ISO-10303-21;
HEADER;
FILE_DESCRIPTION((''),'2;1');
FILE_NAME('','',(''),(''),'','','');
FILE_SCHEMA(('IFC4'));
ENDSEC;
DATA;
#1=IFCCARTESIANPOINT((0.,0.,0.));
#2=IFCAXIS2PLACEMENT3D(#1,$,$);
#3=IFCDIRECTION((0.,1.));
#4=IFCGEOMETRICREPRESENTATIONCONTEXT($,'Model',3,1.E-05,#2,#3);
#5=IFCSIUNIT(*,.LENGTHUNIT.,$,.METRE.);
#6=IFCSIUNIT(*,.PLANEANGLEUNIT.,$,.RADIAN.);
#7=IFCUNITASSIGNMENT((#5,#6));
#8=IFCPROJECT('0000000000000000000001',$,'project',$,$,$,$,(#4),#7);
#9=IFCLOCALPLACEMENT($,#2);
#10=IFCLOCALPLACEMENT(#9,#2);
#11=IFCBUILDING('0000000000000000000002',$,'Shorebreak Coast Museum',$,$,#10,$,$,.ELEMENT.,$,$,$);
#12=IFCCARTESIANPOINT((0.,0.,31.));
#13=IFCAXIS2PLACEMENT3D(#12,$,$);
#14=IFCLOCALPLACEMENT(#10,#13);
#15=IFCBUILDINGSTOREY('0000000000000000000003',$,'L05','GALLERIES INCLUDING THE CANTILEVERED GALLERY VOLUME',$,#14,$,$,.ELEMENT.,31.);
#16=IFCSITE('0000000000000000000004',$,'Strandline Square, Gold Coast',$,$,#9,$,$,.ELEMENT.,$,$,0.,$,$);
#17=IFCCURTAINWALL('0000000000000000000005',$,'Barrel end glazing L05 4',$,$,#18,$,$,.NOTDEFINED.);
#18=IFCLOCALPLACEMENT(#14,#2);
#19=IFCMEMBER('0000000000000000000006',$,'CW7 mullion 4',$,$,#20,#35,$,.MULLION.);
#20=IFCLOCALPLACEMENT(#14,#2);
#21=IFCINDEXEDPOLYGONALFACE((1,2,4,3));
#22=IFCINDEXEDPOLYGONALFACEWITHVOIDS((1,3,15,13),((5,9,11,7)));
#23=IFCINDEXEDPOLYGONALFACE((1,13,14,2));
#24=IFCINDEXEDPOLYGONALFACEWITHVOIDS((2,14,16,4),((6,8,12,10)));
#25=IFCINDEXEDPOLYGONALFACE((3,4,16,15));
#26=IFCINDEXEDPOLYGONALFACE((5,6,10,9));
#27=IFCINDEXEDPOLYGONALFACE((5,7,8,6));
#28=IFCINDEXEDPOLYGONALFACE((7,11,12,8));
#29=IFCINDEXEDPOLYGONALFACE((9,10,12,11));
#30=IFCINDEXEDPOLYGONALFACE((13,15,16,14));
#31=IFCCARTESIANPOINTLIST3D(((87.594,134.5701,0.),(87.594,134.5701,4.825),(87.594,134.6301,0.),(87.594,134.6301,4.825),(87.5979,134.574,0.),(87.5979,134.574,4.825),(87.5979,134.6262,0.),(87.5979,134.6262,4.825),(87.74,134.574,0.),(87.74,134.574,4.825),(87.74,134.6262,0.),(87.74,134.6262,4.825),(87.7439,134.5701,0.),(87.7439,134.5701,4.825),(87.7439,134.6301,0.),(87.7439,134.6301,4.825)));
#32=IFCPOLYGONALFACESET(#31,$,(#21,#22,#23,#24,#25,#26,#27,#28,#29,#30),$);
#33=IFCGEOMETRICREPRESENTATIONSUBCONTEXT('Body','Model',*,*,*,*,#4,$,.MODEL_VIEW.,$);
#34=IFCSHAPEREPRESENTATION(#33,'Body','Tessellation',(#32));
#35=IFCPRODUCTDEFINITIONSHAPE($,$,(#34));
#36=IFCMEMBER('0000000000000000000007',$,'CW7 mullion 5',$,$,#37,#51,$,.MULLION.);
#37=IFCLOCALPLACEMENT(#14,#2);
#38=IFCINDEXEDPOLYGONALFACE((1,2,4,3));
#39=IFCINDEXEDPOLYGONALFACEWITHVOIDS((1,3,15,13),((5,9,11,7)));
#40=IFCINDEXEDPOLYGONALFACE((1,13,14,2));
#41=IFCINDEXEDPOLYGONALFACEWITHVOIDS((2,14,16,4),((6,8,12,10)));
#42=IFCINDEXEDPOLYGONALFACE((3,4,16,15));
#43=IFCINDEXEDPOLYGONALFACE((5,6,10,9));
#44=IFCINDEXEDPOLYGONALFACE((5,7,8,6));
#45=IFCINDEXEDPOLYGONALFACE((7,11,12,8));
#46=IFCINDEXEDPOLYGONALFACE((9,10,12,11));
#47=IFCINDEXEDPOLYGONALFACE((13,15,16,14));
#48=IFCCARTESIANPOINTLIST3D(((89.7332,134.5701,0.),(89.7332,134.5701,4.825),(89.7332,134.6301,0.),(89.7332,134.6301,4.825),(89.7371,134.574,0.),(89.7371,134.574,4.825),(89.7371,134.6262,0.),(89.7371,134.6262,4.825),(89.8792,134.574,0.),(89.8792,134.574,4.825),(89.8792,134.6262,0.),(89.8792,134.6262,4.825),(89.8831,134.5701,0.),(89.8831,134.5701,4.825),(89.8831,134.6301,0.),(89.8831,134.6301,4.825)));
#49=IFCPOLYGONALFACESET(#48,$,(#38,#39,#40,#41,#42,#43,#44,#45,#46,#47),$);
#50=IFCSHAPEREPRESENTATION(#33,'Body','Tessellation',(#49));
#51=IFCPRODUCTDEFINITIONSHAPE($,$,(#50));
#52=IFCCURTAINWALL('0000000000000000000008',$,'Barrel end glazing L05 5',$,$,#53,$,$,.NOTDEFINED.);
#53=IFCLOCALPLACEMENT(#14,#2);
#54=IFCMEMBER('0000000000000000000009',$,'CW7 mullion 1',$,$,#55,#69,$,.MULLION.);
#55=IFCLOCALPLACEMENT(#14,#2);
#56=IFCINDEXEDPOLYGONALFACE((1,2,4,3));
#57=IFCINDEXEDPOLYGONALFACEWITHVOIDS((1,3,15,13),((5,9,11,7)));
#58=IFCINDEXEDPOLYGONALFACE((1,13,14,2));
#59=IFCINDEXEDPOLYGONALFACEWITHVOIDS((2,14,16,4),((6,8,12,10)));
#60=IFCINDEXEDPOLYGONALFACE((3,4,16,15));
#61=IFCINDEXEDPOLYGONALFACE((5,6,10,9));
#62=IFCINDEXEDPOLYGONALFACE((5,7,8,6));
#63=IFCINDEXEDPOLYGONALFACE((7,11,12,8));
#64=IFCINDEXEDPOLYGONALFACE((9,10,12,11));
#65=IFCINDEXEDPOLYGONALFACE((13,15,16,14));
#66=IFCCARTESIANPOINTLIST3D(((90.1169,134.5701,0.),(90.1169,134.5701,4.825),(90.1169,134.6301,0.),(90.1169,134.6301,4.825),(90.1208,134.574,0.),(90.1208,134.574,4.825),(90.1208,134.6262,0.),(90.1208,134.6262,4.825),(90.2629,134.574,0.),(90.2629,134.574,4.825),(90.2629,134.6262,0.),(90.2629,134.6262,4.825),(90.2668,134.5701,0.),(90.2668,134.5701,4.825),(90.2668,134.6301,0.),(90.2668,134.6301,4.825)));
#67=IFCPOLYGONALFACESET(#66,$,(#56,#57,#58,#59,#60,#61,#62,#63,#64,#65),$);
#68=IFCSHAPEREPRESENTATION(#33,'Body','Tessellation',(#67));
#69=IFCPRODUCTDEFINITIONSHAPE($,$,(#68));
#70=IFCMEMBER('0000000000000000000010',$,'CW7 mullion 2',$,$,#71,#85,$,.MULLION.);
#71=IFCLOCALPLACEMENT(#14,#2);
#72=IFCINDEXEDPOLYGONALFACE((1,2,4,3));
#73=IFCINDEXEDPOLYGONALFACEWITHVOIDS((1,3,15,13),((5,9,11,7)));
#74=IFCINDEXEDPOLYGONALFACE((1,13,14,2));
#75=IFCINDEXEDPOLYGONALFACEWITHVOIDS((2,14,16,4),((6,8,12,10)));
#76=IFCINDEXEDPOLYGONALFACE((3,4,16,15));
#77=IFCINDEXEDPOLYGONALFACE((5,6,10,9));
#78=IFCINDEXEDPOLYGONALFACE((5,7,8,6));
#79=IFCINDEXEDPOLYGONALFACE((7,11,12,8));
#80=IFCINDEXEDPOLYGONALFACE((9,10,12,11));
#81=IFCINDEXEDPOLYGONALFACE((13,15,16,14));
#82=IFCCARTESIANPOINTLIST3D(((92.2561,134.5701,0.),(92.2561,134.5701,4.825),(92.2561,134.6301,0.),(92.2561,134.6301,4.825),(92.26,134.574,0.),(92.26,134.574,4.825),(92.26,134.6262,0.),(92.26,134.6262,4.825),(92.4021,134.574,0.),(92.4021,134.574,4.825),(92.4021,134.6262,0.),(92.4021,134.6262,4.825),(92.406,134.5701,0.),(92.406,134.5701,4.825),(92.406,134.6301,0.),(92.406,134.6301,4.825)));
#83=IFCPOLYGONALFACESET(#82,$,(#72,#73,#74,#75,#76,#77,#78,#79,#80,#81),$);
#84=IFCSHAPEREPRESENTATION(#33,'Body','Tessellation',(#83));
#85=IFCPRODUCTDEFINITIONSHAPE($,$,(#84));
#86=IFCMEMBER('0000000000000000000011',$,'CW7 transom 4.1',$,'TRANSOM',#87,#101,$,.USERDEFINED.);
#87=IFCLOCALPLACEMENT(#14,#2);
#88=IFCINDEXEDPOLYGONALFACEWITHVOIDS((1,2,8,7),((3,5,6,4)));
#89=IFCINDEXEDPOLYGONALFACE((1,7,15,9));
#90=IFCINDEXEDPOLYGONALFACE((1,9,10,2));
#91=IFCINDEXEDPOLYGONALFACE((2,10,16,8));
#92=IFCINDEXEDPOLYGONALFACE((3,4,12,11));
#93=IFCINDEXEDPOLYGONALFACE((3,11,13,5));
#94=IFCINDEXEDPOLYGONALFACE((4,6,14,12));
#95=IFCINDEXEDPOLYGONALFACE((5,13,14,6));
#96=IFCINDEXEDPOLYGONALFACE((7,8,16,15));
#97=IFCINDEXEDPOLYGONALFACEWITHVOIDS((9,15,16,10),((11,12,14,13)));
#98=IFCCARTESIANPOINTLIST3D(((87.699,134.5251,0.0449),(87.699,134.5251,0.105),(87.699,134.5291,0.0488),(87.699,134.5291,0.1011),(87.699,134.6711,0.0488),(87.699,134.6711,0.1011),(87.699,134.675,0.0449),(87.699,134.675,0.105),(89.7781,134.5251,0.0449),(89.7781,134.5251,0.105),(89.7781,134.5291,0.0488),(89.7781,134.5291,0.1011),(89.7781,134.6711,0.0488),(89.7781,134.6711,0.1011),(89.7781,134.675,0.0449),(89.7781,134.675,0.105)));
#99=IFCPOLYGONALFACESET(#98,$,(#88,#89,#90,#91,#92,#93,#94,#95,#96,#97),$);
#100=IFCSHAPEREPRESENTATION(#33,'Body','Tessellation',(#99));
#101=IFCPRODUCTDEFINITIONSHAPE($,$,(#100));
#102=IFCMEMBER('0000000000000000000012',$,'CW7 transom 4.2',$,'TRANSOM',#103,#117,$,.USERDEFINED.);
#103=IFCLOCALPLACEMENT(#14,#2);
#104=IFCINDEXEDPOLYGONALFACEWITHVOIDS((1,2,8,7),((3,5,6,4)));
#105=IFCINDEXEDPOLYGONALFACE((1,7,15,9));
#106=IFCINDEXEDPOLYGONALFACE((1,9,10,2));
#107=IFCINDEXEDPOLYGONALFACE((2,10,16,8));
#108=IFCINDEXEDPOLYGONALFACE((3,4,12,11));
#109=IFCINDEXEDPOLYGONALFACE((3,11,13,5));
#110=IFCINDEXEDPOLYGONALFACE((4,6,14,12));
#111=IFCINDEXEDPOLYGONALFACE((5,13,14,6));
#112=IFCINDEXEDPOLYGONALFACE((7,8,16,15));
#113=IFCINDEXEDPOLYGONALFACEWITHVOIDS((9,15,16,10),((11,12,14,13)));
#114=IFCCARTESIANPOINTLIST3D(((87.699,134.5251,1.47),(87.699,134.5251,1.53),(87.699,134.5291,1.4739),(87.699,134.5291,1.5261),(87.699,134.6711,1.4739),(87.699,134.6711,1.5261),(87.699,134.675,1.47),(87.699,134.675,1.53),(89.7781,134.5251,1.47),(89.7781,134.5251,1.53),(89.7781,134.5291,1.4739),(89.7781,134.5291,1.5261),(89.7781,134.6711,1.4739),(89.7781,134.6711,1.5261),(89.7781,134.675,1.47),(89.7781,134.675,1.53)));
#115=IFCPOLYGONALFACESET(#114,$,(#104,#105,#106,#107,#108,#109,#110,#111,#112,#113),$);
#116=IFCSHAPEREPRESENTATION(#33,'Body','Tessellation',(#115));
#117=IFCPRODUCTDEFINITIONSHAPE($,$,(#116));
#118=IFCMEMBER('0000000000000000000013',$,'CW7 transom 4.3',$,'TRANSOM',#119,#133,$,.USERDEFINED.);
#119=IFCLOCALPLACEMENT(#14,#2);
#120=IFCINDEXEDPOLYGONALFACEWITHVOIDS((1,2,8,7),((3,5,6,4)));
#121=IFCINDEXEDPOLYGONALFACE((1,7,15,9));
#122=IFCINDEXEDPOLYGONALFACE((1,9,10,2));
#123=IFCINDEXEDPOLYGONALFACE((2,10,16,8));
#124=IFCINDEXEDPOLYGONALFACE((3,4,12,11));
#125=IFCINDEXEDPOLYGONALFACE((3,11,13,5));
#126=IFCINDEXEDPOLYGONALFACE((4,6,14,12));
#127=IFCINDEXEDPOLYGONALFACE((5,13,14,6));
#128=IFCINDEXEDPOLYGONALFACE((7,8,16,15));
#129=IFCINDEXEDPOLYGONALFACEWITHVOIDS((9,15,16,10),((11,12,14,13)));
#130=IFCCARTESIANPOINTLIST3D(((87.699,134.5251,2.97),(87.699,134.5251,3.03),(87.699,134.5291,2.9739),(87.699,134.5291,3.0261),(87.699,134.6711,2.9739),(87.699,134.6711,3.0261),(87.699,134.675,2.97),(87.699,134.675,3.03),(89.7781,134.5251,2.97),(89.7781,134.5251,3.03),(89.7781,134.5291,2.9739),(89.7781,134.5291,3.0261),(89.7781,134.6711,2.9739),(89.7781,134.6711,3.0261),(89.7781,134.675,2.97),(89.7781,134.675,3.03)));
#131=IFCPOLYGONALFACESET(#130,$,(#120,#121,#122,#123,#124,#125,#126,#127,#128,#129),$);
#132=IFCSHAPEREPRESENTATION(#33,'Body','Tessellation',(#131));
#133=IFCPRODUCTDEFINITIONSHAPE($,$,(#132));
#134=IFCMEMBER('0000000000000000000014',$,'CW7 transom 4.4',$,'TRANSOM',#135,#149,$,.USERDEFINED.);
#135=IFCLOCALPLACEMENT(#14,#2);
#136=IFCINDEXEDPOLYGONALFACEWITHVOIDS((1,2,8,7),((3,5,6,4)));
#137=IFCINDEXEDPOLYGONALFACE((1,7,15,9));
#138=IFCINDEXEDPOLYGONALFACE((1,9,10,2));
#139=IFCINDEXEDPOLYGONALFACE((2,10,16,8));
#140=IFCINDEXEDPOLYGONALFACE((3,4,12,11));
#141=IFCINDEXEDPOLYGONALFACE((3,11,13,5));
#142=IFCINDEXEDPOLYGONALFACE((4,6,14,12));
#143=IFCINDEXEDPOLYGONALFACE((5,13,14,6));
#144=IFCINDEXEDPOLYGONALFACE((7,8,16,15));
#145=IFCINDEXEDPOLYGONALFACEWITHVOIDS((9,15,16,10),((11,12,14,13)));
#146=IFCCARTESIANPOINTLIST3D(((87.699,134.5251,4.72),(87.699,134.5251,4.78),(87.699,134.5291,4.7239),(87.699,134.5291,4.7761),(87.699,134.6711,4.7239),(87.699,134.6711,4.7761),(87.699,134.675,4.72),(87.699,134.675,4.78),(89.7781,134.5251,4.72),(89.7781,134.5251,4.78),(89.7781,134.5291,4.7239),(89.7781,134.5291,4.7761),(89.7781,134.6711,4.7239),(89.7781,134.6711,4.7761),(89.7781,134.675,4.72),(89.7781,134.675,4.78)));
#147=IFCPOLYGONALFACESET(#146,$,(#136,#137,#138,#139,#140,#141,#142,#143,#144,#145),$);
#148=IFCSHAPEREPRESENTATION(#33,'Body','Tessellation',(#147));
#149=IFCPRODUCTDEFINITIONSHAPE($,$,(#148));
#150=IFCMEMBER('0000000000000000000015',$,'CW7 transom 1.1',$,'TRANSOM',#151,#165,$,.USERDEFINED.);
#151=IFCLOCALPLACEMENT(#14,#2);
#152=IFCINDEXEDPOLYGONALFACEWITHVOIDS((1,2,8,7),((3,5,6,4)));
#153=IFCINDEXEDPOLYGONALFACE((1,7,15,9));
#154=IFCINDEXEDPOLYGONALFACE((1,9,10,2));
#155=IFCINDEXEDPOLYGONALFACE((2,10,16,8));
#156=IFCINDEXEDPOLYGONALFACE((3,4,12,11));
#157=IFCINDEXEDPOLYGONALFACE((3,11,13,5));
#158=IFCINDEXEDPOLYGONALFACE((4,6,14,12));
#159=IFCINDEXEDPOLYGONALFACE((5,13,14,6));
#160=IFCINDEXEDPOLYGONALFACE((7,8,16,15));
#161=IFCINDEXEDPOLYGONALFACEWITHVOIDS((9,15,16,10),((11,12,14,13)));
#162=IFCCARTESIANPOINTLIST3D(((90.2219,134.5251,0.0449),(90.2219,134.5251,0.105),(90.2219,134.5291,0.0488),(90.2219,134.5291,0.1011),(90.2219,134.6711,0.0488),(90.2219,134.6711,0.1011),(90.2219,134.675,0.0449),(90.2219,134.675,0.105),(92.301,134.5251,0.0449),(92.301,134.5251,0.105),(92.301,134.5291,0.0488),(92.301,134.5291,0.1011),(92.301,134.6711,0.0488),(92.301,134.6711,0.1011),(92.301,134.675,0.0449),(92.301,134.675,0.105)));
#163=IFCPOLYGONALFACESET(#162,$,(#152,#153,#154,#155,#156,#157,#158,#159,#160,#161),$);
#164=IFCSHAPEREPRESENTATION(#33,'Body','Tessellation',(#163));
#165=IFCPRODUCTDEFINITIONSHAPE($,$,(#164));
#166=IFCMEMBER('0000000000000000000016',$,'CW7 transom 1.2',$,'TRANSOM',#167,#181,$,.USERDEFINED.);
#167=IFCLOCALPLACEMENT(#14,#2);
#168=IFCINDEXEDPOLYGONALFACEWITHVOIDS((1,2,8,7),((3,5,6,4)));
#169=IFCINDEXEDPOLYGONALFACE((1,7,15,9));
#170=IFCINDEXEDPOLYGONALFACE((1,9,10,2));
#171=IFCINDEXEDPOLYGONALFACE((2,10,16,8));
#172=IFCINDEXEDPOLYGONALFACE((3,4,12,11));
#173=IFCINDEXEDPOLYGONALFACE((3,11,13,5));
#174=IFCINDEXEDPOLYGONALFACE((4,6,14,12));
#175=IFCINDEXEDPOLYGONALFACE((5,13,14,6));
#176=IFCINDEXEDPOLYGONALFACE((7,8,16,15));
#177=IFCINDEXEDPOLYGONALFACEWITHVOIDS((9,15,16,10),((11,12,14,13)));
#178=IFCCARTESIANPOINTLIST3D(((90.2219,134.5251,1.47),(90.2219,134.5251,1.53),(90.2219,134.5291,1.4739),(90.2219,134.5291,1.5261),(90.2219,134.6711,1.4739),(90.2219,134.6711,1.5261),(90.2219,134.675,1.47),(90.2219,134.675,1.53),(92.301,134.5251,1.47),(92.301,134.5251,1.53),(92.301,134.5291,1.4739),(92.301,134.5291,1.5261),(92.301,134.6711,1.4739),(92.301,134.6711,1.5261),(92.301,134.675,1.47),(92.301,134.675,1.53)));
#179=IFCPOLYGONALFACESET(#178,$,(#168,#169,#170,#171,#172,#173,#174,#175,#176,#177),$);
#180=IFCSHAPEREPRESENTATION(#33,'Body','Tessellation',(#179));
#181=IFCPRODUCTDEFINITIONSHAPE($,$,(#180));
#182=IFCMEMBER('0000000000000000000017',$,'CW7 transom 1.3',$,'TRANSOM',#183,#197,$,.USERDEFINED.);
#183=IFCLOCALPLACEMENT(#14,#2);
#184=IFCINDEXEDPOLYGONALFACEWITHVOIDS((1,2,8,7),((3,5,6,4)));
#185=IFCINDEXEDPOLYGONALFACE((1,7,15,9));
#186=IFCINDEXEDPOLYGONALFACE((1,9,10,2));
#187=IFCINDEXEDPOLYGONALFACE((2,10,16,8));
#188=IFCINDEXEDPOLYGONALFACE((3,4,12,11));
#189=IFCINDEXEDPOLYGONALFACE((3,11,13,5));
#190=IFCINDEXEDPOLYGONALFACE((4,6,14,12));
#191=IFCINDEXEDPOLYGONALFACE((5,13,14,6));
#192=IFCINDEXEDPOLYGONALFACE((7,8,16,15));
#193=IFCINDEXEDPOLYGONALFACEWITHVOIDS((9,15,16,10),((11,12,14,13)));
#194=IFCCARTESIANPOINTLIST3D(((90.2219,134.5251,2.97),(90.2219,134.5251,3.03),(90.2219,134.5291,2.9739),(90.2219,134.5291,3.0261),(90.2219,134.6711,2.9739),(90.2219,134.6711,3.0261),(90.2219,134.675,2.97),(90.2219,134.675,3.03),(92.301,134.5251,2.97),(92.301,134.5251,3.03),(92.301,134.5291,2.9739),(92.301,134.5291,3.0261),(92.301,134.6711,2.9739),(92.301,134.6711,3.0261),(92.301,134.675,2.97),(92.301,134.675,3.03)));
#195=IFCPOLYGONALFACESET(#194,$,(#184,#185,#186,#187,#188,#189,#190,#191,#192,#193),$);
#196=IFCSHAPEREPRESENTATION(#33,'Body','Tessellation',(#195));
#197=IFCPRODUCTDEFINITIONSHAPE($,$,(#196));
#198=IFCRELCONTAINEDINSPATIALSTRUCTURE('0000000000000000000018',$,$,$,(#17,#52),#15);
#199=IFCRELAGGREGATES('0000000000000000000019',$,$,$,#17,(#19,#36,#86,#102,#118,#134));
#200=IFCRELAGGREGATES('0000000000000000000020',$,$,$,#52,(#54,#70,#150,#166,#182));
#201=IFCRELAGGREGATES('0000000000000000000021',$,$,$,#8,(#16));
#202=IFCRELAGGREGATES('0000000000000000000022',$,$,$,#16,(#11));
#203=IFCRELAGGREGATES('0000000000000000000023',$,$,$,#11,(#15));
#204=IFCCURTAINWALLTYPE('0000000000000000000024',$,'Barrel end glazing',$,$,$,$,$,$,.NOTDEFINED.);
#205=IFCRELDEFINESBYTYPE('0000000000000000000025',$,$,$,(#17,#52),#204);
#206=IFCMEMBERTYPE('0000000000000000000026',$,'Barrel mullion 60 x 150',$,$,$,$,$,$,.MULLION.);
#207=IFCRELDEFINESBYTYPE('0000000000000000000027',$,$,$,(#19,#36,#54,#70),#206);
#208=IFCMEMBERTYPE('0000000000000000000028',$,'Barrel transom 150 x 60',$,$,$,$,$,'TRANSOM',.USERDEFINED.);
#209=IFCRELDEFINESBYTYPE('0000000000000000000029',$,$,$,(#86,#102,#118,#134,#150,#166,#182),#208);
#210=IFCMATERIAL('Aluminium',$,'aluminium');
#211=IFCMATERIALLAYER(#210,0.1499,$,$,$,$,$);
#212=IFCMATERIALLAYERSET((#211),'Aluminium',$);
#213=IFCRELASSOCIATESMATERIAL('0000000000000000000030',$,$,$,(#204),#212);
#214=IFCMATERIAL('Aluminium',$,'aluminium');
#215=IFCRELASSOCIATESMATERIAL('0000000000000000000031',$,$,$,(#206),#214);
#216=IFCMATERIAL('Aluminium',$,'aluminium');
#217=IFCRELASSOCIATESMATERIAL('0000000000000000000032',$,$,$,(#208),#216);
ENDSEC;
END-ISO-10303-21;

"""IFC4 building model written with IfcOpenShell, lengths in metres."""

from ifc_helpers import new_model, si_unit, direction, frame, origin, origin_2d, place, context, subcontext, project, spatial, hollow_rectangle, extrude, material, layer, layer_set, material_profile, profile_set, type_object, element, aggregate, save


model = new_model("IFC4")

# Units and contexts
model_context = context("Model", 3, precision=1e-05, world=origin(), true_north=direction((0.0, 1.0)))
body_context = subcontext(model_context, "Body", "Model", "MODEL_VIEW")
ifc_project = project(units=[si_unit("LENGTHUNIT", "METRE"), si_unit("PLANEANGLEUNIT", "RADIAN")], contexts=[model_context])

# Site, building, storey
site_placement = place(None, origin())
site = spatial("IfcSite", under=ifc_project, at=site_placement, Name="Strandline Square, Gold Coast", CompositionType="ELEMENT", RefElevation=0.0)
building_placement = place(site_placement, origin())
building = spatial("IfcBuilding", under=site, at=building_placement, Name="Shorebreak Coast Museum", CompositionType="ELEMENT")
storey_placement = place(building_placement, frame((0.0, 0.0, 31.0)))
storey = spatial("IfcBuildingStorey", under=building, at=storey_placement, Name="L05", Description="GALLERIES INCLUDING THE CANTILEVERED GALLERY VOLUME", CompositionType="ELEMENT", Elevation=31.0)

# Curtain walls, members
ifc_material_1 = material(Name="Aluminium", Category="aluminium")
ifc_layer_1 = layer(ifc_material_1, 0.1499)
ifc_layer_set_1 = layer_set([ifc_layer_1], Name="Aluminium")
curtain_wall_type = type_object("IfcCurtainWallType", Name="Barrel end glazing", PredefinedType="NOTDEFINED", material=ifc_layer_set_1)
curtain_wall_1_placement = place(storey_placement, origin())
curtain_wall_1 = element("IfcCurtainWall", 1, at=curtain_wall_1_placement, inside=storey, type_object=curtain_wall_type, Name="Barrel end glazing L05 4", PredefinedType="NOTDEFINED")
ifc_material_2 = material(Name="Aluminium", Category="aluminium")
ifc_material_profile_1 = material_profile(ifc_material_2, hollow_rectangle(XDim=0.0601, YDim=0.1499, WallThickness=0.0039, at=origin_2d()), Name="AL 150x60 RHS")
ifc_profile_set_1 = profile_set([ifc_material_profile_1], Name="Aluminium")
member_type_1 = type_object("IfcMemberType", Name="Barrel mullion 60 x 150", PredefinedType="MULLION", material=ifc_profile_set_1)
member_1_placement = place(storey_placement, frame((87.6689, 134.6001, 0.0), z_axis=(0.0, 0.0, 1.0), x_axis=(0.0, 1.0, 0.0)))
member_1 = element("IfcMember", 2, at=member_1_placement, type_object=member_type_1, Name="CW7 mullion 4", PredefinedType="MULLION", context=body_context, shape_type="SweptSolid", body=[
    extrude(hollow_rectangle(XDim=0.0601, YDim=0.1499, WallThickness=0.0039, at=origin_2d()), origin(), (0.0, 0.0, 1.0), 4.825),
])
member_2_placement = place(storey_placement, frame((89.8081, 134.6001, 0.0), z_axis=(0.0, 0.0, 1.0), x_axis=(0.0, 1.0, 0.0)))
member_2 = element("IfcMember", 3, at=member_2_placement, type_object=member_type_1, Name="CW7 mullion 5", PredefinedType="MULLION", context=body_context, shape_type="SweptSolid", body=[
    extrude(hollow_rectangle(XDim=0.0601, YDim=0.1499, WallThickness=0.0039, at=origin_2d()), origin(), (0.0, 0.0, 1.0), 4.825),
])
curtain_wall_2_placement = place(storey_placement, origin())
curtain_wall_2 = element("IfcCurtainWall", 4, at=curtain_wall_2_placement, inside=storey, type_object=curtain_wall_type, Name="Barrel end glazing L05 5", PredefinedType="NOTDEFINED")
member_3_placement = place(storey_placement, frame((90.1919, 134.6001, 0.0), z_axis=(0.0, 0.0, 1.0), x_axis=(0.0, 1.0, 0.0)))
member_3 = element("IfcMember", 5, at=member_3_placement, type_object=member_type_1, Name="CW7 mullion 1", PredefinedType="MULLION", context=body_context, shape_type="SweptSolid", body=[
    extrude(hollow_rectangle(XDim=0.0601, YDim=0.1499, WallThickness=0.0039, at=origin_2d()), origin(), (0.0, 0.0, 1.0), 4.825),
])
member_4_placement = place(storey_placement, frame((92.3311, 134.6001, 0.0), z_axis=(0.0, 0.0, 1.0), x_axis=(0.0, 1.0, 0.0)))
member_4 = element("IfcMember", 6, at=member_4_placement, type_object=member_type_1, Name="CW7 mullion 2", PredefinedType="MULLION", context=body_context, shape_type="SweptSolid", body=[
    extrude(hollow_rectangle(XDim=0.0601, YDim=0.1499, WallThickness=0.0039, at=origin_2d()), origin(), (0.0, 0.0, 1.0), 4.825),
])

# Members
ifc_material_3 = material(Name="Aluminium", Category="aluminium")
ifc_material_profile_2 = material_profile(ifc_material_3, hollow_rectangle(XDim=0.1499, YDim=0.0601, WallThickness=0.0039, at=origin_2d()), Name="AL 60x150 RHS")
ifc_profile_set_2 = profile_set([ifc_material_profile_2], Name="Aluminium")
member_type_2 = type_object("IfcMemberType", Name="Barrel transom 150 x 60", ElementType="TRANSOM", PredefinedType="USERDEFINED", material=ifc_profile_set_2)
member_5_placement = place(storey_placement, frame((87.699, 134.6001, 0.075), z_axis=(1.0, 0.0, 0.0), x_axis=(0.0, 1.0, 0.0)))
member_5 = element("IfcMember", 7, at=member_5_placement, type_object=member_type_2, Name="CW7 transom 4.1", ObjectType="TRANSOM", PredefinedType="USERDEFINED", context=body_context, shape_type="SweptSolid", body=[
    extrude(hollow_rectangle(XDim=0.1499, YDim=0.0601, WallThickness=0.0039, at=origin_2d()), origin(), (0.0, 0.0, 1.0), 2.0791),
])
member_6_placement = place(storey_placement, frame((87.699, 134.6001, 1.5), z_axis=(1.0, 0.0, 0.0), x_axis=(0.0, 1.0, 0.0)))
member_6 = element("IfcMember", 8, at=member_6_placement, type_object=member_type_2, Name="CW7 transom 4.2", ObjectType="TRANSOM", PredefinedType="USERDEFINED", context=body_context, shape_type="SweptSolid", body=[
    extrude(hollow_rectangle(XDim=0.1499, YDim=0.0601, WallThickness=0.0039, at=origin_2d()), origin(), (0.0, 0.0, 1.0), 2.0791),
])
member_7_placement = place(storey_placement, frame((87.699, 134.6001, 3.0), z_axis=(1.0, 0.0, 0.0), x_axis=(0.0, 1.0, 0.0)))
member_7 = element("IfcMember", 9, at=member_7_placement, type_object=member_type_2, Name="CW7 transom 4.3", ObjectType="TRANSOM", PredefinedType="USERDEFINED", context=body_context, shape_type="SweptSolid", body=[
    extrude(hollow_rectangle(XDim=0.1499, YDim=0.0601, WallThickness=0.0039, at=origin_2d()), origin(), (0.0, 0.0, 1.0), 2.0791),
])
member_8_placement = place(storey_placement, frame((87.699, 134.6001, 4.75), z_axis=(1.0, 0.0, 0.0), x_axis=(0.0, 1.0, 0.0)))
member_8 = element("IfcMember", 10, at=member_8_placement, type_object=member_type_2, Name="CW7 transom 4.4", ObjectType="TRANSOM", PredefinedType="USERDEFINED", context=body_context, shape_type="SweptSolid", body=[
    extrude(hollow_rectangle(XDim=0.1499, YDim=0.0601, WallThickness=0.0039, at=origin_2d()), origin(), (0.0, 0.0, 1.0), 2.0791),
])
member_9_placement = place(storey_placement, frame((90.2219, 134.6001, 0.075), z_axis=(1.0, 0.0, 0.0), x_axis=(0.0, 1.0, 0.0)))
member_9 = element("IfcMember", 11, at=member_9_placement, type_object=member_type_2, Name="CW7 transom 1.1", ObjectType="TRANSOM", PredefinedType="USERDEFINED", context=body_context, shape_type="SweptSolid", body=[
    extrude(hollow_rectangle(XDim=0.1499, YDim=0.0601, WallThickness=0.0039, at=origin_2d()), origin(), (0.0, 0.0, 1.0), 2.0791),
])
member_10_placement = place(storey_placement, frame((90.2219, 134.6001, 1.5), z_axis=(1.0, 0.0, 0.0), x_axis=(0.0, 1.0, 0.0)))
member_10 = element("IfcMember", 12, at=member_10_placement, type_object=member_type_2, Name="CW7 transom 1.2", ObjectType="TRANSOM", PredefinedType="USERDEFINED", context=body_context, shape_type="SweptSolid", body=[
    extrude(hollow_rectangle(XDim=0.1499, YDim=0.0601, WallThickness=0.0039, at=origin_2d()), origin(), (0.0, 0.0, 1.0), 2.0791),
])
member_11_placement = place(storey_placement, frame((90.2219, 134.6001, 3.0), z_axis=(1.0, 0.0, 0.0), x_axis=(0.0, 1.0, 0.0)))
member_11 = element("IfcMember", 13, at=member_11_placement, type_object=member_type_2, Name="CW7 transom 1.3", ObjectType="TRANSOM", PredefinedType="USERDEFINED", context=body_context, shape_type="SweptSolid", body=[
    extrude(hollow_rectangle(XDim=0.1499, YDim=0.0601, WallThickness=0.0039, at=origin_2d()), origin(), (0.0, 0.0, 1.0), 2.0791),
])

aggregate(curtain_wall_1, [member_1, member_2, member_5, member_6, member_7, member_8])
aggregate(curtain_wall_2, [member_3, member_4, member_9, member_10, member_11])

save(model, "model.ifc")
